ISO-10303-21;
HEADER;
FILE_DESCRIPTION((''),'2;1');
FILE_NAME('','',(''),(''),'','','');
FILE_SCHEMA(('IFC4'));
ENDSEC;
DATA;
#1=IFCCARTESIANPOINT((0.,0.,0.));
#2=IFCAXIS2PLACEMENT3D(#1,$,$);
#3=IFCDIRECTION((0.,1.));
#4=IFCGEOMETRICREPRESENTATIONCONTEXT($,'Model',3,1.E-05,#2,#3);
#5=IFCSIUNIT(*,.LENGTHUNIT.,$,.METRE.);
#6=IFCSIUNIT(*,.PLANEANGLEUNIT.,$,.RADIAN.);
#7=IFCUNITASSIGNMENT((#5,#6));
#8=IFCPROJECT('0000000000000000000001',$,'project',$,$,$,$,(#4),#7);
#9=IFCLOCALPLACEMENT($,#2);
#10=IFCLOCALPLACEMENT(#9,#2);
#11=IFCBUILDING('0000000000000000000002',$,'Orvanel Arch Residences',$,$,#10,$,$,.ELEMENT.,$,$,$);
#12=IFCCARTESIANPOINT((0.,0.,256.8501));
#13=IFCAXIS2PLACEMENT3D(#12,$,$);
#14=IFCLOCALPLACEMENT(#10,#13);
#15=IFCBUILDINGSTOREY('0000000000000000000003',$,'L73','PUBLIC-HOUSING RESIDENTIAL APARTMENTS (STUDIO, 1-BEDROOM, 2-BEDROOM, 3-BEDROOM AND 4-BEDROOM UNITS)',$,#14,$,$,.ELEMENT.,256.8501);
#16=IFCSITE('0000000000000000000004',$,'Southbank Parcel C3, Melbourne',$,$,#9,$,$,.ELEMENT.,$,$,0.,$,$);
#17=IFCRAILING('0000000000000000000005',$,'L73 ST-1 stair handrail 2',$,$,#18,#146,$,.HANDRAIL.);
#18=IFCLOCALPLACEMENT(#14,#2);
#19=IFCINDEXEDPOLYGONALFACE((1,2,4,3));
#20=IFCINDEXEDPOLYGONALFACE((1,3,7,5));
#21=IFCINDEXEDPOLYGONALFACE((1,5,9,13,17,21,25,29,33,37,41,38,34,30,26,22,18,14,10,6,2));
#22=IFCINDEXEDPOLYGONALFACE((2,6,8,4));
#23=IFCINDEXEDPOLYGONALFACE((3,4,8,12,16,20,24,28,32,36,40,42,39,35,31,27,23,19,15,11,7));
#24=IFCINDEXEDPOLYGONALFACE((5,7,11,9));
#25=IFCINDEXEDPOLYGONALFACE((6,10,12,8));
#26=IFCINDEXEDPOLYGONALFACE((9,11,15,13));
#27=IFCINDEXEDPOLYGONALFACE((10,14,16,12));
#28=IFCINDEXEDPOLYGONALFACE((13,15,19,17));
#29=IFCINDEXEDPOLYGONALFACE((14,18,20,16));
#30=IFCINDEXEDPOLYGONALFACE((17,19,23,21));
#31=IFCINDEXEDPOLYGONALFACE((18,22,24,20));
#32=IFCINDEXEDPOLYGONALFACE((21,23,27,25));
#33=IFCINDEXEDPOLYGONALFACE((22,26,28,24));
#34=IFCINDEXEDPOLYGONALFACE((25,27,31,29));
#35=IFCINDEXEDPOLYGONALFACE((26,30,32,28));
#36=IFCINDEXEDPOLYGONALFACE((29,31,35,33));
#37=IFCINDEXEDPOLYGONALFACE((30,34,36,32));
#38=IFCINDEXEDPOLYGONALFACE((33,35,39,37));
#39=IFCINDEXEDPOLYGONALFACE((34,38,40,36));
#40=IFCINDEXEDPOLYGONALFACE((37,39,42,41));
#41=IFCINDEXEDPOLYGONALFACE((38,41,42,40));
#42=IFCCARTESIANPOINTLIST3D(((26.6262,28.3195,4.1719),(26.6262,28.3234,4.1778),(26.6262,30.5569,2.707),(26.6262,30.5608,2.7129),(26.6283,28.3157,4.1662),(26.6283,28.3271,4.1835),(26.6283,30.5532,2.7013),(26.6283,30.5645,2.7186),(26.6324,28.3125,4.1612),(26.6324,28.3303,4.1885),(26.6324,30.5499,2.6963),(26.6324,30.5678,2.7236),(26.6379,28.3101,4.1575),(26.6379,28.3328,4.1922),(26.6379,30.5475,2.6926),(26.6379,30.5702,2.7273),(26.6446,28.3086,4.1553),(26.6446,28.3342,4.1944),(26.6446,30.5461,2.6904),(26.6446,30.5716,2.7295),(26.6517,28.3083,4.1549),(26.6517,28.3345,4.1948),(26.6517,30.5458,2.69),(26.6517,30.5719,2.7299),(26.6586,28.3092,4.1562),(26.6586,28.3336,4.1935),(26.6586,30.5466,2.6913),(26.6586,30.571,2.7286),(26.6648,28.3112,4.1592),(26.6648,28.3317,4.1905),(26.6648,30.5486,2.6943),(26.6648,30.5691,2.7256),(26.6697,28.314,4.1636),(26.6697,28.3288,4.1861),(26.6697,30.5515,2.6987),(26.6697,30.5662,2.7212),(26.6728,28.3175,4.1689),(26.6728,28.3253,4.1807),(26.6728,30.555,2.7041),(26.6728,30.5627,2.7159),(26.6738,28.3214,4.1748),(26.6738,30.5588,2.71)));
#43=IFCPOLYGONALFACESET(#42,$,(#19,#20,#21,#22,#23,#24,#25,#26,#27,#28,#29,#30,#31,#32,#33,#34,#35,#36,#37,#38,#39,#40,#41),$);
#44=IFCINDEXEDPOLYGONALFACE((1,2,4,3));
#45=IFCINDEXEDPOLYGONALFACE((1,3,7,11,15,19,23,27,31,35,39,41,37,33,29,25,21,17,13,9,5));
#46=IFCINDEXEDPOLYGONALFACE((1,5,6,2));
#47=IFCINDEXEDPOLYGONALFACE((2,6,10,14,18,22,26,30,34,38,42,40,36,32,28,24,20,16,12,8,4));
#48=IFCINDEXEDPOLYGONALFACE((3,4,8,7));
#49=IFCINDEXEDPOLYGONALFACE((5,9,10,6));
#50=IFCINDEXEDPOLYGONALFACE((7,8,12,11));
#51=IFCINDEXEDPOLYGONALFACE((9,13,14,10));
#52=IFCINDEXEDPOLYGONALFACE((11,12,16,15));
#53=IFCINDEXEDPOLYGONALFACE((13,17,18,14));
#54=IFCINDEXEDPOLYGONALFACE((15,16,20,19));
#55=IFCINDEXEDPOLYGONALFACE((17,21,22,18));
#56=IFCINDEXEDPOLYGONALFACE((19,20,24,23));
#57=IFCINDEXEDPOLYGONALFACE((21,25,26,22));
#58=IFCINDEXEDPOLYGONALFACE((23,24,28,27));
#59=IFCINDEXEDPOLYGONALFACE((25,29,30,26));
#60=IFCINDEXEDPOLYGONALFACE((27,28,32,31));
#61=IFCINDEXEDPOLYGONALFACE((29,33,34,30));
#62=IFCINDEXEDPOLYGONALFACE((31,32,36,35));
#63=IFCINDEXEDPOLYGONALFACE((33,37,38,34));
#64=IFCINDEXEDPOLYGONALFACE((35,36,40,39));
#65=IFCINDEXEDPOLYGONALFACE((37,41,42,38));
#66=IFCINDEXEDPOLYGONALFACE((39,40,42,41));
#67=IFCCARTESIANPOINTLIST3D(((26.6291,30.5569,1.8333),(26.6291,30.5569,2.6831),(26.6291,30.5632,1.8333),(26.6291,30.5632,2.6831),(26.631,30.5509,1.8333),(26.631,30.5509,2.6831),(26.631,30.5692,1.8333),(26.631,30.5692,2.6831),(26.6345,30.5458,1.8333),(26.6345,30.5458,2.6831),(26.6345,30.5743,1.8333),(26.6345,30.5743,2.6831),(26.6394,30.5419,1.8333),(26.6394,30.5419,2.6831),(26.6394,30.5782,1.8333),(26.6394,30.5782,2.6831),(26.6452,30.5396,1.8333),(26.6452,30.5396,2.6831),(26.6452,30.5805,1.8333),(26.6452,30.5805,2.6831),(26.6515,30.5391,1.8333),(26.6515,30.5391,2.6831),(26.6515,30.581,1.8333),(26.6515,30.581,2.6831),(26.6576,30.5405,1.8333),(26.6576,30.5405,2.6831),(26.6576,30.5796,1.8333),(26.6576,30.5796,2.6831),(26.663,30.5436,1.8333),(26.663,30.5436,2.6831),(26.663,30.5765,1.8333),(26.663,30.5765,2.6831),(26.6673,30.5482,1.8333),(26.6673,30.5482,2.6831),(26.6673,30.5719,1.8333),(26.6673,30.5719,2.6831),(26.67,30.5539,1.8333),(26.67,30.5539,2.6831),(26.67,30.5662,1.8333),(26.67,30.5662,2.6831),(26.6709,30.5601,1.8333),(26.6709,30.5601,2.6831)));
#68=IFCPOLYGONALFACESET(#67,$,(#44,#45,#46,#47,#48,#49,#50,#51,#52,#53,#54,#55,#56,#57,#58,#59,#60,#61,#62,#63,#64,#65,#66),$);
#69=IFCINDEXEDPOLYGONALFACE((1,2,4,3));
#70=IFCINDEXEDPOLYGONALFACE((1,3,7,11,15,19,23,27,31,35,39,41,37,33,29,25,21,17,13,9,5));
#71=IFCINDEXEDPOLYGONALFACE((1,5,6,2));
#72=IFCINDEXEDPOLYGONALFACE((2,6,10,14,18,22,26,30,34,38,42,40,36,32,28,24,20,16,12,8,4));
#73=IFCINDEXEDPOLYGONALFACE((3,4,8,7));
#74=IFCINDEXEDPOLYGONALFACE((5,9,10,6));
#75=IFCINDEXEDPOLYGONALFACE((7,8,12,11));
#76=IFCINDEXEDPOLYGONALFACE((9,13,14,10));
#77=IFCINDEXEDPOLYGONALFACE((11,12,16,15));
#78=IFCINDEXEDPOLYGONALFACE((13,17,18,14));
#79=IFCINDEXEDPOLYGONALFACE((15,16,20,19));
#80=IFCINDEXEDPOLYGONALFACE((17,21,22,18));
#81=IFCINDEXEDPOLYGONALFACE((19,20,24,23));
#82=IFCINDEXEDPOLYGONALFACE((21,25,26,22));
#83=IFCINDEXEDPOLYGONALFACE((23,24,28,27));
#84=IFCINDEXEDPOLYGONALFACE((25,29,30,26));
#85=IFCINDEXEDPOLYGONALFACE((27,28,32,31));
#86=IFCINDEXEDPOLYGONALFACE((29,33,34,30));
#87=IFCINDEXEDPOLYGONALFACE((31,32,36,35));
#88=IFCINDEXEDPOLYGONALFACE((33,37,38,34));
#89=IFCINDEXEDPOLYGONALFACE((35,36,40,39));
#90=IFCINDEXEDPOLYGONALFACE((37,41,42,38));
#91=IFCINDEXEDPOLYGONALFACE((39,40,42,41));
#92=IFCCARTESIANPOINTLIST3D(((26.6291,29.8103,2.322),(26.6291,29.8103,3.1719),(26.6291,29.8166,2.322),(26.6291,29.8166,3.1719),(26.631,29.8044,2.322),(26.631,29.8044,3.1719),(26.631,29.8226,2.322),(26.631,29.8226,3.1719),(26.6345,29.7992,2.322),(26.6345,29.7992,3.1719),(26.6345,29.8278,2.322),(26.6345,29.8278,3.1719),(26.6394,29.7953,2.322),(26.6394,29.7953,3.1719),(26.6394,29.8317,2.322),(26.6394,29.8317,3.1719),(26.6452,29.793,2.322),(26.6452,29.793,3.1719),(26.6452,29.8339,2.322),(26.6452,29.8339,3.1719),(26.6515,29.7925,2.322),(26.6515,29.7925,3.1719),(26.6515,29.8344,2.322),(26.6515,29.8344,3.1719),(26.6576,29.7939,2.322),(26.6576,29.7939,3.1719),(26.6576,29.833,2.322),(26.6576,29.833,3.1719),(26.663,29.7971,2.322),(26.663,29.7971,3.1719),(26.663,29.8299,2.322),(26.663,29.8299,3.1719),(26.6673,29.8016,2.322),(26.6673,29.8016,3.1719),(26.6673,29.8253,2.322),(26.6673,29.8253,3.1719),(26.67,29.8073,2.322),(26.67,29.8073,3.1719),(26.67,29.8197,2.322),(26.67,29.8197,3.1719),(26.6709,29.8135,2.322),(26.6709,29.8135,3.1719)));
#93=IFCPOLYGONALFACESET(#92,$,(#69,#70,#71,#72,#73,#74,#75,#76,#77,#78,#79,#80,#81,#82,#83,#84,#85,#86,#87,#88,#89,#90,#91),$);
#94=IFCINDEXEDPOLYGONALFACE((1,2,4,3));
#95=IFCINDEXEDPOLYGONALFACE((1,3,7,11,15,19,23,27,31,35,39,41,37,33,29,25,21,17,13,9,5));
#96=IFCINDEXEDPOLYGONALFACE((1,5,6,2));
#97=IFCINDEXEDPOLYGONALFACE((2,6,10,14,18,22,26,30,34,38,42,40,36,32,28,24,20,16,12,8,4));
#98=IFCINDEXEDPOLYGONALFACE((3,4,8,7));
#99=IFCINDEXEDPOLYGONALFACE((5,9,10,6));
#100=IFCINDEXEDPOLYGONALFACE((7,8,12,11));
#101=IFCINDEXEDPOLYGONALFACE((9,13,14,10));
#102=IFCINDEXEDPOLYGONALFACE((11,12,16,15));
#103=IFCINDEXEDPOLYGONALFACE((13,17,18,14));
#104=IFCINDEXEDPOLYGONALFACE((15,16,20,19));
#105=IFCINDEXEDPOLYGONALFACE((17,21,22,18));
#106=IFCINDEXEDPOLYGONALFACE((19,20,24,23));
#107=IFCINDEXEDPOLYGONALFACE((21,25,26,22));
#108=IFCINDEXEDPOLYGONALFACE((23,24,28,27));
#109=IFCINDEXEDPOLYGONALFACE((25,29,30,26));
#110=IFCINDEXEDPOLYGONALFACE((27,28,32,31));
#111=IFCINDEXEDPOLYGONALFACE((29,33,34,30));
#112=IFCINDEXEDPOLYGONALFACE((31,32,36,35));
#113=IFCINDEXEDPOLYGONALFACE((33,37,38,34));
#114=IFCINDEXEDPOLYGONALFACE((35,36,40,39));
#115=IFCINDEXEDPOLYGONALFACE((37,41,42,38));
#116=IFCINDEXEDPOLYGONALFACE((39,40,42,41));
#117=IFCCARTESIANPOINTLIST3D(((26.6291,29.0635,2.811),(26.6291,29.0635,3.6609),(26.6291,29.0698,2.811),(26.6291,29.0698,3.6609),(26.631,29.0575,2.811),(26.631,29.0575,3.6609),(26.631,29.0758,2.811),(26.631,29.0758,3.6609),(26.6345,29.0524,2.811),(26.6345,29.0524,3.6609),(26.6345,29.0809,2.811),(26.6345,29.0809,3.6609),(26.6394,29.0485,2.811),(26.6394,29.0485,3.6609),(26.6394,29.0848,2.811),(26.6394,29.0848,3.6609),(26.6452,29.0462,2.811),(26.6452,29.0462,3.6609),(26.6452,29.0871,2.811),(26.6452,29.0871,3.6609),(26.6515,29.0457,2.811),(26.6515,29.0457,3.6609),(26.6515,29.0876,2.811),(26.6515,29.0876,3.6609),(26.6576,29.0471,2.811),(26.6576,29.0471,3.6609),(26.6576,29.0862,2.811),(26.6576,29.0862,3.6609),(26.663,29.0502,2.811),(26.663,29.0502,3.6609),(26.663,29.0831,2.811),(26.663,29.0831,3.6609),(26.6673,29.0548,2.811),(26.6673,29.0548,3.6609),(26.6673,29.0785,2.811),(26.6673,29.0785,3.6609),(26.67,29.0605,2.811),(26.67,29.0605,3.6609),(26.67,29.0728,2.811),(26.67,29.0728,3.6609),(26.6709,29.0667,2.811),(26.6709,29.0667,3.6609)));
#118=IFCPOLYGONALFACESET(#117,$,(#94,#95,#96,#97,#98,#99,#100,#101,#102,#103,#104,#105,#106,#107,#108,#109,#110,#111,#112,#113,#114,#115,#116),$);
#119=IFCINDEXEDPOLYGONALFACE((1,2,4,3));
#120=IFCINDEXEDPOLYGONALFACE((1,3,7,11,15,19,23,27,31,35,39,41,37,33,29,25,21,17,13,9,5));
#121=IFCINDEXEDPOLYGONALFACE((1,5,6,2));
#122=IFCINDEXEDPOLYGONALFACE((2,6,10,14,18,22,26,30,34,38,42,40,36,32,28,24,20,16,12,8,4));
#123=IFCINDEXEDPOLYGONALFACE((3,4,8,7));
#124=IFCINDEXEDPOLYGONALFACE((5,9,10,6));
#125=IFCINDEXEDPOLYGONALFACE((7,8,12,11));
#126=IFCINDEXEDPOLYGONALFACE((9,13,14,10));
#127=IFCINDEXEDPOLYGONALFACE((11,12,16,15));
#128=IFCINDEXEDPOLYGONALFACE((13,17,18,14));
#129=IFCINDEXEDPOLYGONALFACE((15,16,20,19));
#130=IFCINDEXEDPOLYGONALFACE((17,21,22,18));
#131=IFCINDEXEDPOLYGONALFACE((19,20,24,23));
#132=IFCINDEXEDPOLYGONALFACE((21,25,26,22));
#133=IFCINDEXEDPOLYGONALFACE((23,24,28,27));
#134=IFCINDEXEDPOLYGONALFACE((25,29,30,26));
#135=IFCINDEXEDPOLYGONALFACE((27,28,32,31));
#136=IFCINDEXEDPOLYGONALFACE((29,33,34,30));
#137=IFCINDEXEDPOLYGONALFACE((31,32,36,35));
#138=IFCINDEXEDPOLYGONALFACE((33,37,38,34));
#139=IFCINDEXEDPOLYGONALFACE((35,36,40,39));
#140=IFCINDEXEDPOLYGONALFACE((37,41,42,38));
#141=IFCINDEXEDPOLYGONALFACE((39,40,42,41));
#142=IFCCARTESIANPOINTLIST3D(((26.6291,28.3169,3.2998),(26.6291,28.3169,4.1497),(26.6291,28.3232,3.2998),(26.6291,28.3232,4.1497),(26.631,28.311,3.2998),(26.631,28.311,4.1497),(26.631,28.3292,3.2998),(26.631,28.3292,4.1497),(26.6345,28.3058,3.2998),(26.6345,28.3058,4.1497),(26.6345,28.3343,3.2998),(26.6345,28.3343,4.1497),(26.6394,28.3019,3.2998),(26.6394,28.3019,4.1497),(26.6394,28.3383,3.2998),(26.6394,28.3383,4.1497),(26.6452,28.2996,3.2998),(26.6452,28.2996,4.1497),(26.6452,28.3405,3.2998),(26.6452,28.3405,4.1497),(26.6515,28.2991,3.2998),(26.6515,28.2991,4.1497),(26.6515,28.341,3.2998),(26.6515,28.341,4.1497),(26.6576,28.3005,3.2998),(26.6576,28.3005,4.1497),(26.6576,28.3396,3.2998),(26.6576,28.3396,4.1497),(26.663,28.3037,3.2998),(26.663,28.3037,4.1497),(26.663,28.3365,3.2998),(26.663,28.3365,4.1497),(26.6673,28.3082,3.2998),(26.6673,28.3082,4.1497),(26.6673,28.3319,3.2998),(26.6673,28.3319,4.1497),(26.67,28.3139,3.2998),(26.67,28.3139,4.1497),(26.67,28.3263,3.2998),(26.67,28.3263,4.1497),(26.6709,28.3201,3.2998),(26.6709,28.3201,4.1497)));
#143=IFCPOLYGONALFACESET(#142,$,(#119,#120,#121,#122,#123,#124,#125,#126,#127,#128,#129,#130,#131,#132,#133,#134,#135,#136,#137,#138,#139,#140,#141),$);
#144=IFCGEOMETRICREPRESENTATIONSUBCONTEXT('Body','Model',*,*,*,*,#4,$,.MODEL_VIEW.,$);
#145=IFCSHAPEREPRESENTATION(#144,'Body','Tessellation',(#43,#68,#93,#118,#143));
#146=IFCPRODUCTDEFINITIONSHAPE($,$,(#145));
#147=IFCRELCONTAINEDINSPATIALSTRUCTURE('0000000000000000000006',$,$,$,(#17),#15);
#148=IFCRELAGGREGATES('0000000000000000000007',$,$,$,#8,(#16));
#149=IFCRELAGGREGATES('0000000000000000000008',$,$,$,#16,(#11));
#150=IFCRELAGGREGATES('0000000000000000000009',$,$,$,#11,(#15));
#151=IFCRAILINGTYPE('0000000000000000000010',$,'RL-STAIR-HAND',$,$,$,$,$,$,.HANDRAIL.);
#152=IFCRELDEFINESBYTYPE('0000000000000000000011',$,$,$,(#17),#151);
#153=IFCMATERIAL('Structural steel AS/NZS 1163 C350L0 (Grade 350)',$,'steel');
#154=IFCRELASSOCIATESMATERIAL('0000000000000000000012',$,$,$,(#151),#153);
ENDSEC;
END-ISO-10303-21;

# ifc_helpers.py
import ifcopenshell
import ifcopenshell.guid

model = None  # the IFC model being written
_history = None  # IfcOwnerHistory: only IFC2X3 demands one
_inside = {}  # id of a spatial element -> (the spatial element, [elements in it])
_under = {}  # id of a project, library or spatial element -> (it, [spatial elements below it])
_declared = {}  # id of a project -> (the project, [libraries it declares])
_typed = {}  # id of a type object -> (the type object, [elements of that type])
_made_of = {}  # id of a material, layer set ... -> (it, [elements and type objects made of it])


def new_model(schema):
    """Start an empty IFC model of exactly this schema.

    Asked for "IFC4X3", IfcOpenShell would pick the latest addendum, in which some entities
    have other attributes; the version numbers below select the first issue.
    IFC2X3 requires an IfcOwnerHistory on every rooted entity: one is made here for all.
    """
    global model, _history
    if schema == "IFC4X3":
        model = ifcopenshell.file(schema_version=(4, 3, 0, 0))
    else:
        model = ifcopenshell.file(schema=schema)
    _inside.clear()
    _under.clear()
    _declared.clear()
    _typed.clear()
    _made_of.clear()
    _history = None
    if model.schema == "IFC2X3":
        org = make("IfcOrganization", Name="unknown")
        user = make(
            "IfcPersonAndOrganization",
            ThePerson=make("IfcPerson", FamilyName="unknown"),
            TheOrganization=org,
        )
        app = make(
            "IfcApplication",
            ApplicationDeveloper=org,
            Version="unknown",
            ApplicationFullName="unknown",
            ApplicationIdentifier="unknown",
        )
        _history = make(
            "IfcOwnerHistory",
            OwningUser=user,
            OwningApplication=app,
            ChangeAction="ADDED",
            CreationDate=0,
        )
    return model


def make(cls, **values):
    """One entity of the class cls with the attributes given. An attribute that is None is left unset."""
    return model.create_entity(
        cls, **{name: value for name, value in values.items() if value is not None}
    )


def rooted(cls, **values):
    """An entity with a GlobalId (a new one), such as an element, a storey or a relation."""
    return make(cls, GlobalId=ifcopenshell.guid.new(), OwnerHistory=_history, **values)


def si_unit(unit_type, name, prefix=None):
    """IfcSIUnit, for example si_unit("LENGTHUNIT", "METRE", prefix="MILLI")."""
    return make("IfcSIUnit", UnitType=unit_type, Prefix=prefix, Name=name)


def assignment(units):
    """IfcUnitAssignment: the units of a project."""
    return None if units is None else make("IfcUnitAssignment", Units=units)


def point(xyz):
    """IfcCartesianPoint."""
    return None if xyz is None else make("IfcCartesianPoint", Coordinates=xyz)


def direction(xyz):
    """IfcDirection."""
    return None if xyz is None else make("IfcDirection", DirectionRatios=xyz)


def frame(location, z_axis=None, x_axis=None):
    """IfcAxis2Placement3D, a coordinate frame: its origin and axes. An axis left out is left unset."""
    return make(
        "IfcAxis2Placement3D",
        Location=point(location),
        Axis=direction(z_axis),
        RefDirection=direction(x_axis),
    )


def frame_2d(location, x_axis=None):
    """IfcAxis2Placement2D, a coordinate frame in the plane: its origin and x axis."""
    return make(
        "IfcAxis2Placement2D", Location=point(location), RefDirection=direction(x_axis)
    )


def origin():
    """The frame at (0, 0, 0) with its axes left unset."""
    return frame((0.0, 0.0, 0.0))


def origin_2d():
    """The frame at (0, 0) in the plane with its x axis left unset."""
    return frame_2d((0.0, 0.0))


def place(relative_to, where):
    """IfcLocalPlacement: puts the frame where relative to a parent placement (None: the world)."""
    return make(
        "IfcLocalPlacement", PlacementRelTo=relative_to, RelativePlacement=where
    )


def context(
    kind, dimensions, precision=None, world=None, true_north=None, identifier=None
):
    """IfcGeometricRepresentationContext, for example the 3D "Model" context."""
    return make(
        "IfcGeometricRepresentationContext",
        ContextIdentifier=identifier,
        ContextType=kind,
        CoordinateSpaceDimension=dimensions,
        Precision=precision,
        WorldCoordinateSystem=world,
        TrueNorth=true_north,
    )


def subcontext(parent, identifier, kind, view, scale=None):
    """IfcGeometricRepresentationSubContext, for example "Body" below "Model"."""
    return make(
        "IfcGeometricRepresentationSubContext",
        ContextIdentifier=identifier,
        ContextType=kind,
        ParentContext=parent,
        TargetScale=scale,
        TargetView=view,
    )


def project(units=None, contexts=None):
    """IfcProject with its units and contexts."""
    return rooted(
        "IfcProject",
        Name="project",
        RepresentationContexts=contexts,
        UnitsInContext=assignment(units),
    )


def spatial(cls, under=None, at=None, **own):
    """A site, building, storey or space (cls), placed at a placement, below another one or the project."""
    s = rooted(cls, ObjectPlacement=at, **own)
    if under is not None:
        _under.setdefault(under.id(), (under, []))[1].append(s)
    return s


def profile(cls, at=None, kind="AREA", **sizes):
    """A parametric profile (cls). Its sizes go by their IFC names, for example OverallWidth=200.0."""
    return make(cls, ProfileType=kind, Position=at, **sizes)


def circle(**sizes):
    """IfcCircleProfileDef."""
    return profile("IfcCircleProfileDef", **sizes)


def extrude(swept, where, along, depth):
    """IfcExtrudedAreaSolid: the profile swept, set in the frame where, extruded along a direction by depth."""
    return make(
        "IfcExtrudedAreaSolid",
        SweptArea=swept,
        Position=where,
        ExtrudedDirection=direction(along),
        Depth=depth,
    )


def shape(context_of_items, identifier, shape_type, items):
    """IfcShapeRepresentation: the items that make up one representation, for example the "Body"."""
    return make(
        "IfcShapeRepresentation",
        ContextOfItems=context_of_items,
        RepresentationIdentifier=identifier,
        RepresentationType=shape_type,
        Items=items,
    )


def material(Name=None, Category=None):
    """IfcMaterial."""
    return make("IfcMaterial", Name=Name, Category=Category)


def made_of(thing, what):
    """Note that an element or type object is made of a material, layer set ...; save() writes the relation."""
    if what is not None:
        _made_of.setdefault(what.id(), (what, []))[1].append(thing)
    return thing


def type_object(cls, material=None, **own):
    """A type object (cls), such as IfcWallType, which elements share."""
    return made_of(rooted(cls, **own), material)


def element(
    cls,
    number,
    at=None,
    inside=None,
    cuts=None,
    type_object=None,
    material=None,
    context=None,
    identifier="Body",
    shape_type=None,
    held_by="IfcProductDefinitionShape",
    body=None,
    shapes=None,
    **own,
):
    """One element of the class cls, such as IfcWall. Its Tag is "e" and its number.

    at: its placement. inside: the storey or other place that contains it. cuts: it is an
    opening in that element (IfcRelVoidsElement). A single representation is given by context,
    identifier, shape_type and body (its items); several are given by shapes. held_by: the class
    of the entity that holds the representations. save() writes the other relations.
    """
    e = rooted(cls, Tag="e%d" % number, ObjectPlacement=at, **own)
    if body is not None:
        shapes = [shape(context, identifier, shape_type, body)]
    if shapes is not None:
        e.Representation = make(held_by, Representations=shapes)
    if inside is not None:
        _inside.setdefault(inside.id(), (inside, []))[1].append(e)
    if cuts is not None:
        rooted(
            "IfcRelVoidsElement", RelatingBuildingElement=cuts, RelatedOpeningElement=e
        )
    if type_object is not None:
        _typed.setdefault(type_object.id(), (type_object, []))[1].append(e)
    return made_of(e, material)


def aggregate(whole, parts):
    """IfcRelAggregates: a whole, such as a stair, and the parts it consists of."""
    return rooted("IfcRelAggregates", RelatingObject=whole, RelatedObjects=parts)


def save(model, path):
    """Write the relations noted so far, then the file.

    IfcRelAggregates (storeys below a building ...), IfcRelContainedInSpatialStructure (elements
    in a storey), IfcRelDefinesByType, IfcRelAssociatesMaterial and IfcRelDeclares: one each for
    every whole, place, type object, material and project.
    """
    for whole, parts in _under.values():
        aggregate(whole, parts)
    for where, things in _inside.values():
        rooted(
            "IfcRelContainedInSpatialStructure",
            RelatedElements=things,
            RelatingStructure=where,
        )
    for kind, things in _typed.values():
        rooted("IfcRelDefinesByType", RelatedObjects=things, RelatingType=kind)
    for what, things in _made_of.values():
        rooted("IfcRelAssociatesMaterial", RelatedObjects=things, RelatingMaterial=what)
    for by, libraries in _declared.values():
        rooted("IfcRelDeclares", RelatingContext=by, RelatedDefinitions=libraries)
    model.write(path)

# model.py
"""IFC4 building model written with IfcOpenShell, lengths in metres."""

from ifc_helpers import new_model, si_unit, direction, frame, origin, origin_2d, place, context, subcontext, project, spatial, circle, extrude, material, type_object, element, save


model = new_model("IFC4")

# Units and contexts
model_context = context("Model", 3, precision=1e-05, world=origin(), true_north=direction((0.0, 1.0)))
body_context = subcontext(model_context, "Body", "Model", "MODEL_VIEW")
ifc_project = project(units=[si_unit("LENGTHUNIT", "METRE"), si_unit("PLANEANGLEUNIT", "RADIAN")], contexts=[model_context])

# Site, building, storey
site_placement = place(None, origin())
site = spatial("IfcSite", under=ifc_project, at=site_placement, Name="Southbank Parcel C3, Melbourne", CompositionType="ELEMENT", RefElevation=0.0)
building_placement = place(site_placement, origin())
building = spatial("IfcBuilding", under=site, at=building_placement, Name="Orvanel Arch Residences", CompositionType="ELEMENT")
storey_placement = place(building_placement, frame((0.0, 0.0, 256.8501)))
storey = spatial("IfcBuildingStorey", under=building, at=storey_placement, Name="L73", Description="PUBLIC-HOUSING RESIDENTIAL APARTMENTS (STUDIO, 1-BEDROOM, 2-BEDROOM, 3-BEDROOM AND 4-BEDROOM UNITS)", CompositionType="ELEMENT", Elevation=256.8501)

# Railing
ifc_material_1 = material(Name="Structural steel AS/NZS 1163 C350L0 (Grade 350)", Category="steel")
railing_type_1 = type_object("IfcRailingType", Name="RL-STAIR-HAND", PredefinedType="HANDRAIL", material=ifc_material_1)
railing_1_placement = place(storey_placement, frame((26.6499, 30.5601, 1.8333)))
element("IfcRailing", 1, at=railing_1_placement, inside=storey, type_object=railing_type_1, Name="L73 ST-1 stair handrail 2", PredefinedType="HANDRAIL", context=body_context, shape_type="SweptSolid", body=[
    extrude(circle(Radius=0.0239, at=origin_2d()), frame((0.0, -0.0012, 0.8767), z_axis=(0.0, -0.836637, 0.547758), x_axis=(1.0, 0.0, 0.0)), (0.0, 0.0, 1.0), 2.6743),
    extrude(circle(Radius=0.021, at=origin_2d()), origin(), (0.0, 0.0, 1.0), 0.8499),
    extrude(circle(Radius=0.021, at=origin_2d()), frame((0.0, -0.7466, 0.4888)), (0.0, 0.0, 1.0), 0.8499),
    extrude(circle(Radius=0.021, at=origin_2d()), frame((0.0, -1.4934, 0.9778)), (0.0, 0.0, 1.0), 0.8499),
    extrude(circle(Radius=0.021, at=origin_2d()), frame((0.0, -2.24, 1.4666)), (0.0, 0.0, 1.0), 0.8499),
])

save(model, "model.ifc")
